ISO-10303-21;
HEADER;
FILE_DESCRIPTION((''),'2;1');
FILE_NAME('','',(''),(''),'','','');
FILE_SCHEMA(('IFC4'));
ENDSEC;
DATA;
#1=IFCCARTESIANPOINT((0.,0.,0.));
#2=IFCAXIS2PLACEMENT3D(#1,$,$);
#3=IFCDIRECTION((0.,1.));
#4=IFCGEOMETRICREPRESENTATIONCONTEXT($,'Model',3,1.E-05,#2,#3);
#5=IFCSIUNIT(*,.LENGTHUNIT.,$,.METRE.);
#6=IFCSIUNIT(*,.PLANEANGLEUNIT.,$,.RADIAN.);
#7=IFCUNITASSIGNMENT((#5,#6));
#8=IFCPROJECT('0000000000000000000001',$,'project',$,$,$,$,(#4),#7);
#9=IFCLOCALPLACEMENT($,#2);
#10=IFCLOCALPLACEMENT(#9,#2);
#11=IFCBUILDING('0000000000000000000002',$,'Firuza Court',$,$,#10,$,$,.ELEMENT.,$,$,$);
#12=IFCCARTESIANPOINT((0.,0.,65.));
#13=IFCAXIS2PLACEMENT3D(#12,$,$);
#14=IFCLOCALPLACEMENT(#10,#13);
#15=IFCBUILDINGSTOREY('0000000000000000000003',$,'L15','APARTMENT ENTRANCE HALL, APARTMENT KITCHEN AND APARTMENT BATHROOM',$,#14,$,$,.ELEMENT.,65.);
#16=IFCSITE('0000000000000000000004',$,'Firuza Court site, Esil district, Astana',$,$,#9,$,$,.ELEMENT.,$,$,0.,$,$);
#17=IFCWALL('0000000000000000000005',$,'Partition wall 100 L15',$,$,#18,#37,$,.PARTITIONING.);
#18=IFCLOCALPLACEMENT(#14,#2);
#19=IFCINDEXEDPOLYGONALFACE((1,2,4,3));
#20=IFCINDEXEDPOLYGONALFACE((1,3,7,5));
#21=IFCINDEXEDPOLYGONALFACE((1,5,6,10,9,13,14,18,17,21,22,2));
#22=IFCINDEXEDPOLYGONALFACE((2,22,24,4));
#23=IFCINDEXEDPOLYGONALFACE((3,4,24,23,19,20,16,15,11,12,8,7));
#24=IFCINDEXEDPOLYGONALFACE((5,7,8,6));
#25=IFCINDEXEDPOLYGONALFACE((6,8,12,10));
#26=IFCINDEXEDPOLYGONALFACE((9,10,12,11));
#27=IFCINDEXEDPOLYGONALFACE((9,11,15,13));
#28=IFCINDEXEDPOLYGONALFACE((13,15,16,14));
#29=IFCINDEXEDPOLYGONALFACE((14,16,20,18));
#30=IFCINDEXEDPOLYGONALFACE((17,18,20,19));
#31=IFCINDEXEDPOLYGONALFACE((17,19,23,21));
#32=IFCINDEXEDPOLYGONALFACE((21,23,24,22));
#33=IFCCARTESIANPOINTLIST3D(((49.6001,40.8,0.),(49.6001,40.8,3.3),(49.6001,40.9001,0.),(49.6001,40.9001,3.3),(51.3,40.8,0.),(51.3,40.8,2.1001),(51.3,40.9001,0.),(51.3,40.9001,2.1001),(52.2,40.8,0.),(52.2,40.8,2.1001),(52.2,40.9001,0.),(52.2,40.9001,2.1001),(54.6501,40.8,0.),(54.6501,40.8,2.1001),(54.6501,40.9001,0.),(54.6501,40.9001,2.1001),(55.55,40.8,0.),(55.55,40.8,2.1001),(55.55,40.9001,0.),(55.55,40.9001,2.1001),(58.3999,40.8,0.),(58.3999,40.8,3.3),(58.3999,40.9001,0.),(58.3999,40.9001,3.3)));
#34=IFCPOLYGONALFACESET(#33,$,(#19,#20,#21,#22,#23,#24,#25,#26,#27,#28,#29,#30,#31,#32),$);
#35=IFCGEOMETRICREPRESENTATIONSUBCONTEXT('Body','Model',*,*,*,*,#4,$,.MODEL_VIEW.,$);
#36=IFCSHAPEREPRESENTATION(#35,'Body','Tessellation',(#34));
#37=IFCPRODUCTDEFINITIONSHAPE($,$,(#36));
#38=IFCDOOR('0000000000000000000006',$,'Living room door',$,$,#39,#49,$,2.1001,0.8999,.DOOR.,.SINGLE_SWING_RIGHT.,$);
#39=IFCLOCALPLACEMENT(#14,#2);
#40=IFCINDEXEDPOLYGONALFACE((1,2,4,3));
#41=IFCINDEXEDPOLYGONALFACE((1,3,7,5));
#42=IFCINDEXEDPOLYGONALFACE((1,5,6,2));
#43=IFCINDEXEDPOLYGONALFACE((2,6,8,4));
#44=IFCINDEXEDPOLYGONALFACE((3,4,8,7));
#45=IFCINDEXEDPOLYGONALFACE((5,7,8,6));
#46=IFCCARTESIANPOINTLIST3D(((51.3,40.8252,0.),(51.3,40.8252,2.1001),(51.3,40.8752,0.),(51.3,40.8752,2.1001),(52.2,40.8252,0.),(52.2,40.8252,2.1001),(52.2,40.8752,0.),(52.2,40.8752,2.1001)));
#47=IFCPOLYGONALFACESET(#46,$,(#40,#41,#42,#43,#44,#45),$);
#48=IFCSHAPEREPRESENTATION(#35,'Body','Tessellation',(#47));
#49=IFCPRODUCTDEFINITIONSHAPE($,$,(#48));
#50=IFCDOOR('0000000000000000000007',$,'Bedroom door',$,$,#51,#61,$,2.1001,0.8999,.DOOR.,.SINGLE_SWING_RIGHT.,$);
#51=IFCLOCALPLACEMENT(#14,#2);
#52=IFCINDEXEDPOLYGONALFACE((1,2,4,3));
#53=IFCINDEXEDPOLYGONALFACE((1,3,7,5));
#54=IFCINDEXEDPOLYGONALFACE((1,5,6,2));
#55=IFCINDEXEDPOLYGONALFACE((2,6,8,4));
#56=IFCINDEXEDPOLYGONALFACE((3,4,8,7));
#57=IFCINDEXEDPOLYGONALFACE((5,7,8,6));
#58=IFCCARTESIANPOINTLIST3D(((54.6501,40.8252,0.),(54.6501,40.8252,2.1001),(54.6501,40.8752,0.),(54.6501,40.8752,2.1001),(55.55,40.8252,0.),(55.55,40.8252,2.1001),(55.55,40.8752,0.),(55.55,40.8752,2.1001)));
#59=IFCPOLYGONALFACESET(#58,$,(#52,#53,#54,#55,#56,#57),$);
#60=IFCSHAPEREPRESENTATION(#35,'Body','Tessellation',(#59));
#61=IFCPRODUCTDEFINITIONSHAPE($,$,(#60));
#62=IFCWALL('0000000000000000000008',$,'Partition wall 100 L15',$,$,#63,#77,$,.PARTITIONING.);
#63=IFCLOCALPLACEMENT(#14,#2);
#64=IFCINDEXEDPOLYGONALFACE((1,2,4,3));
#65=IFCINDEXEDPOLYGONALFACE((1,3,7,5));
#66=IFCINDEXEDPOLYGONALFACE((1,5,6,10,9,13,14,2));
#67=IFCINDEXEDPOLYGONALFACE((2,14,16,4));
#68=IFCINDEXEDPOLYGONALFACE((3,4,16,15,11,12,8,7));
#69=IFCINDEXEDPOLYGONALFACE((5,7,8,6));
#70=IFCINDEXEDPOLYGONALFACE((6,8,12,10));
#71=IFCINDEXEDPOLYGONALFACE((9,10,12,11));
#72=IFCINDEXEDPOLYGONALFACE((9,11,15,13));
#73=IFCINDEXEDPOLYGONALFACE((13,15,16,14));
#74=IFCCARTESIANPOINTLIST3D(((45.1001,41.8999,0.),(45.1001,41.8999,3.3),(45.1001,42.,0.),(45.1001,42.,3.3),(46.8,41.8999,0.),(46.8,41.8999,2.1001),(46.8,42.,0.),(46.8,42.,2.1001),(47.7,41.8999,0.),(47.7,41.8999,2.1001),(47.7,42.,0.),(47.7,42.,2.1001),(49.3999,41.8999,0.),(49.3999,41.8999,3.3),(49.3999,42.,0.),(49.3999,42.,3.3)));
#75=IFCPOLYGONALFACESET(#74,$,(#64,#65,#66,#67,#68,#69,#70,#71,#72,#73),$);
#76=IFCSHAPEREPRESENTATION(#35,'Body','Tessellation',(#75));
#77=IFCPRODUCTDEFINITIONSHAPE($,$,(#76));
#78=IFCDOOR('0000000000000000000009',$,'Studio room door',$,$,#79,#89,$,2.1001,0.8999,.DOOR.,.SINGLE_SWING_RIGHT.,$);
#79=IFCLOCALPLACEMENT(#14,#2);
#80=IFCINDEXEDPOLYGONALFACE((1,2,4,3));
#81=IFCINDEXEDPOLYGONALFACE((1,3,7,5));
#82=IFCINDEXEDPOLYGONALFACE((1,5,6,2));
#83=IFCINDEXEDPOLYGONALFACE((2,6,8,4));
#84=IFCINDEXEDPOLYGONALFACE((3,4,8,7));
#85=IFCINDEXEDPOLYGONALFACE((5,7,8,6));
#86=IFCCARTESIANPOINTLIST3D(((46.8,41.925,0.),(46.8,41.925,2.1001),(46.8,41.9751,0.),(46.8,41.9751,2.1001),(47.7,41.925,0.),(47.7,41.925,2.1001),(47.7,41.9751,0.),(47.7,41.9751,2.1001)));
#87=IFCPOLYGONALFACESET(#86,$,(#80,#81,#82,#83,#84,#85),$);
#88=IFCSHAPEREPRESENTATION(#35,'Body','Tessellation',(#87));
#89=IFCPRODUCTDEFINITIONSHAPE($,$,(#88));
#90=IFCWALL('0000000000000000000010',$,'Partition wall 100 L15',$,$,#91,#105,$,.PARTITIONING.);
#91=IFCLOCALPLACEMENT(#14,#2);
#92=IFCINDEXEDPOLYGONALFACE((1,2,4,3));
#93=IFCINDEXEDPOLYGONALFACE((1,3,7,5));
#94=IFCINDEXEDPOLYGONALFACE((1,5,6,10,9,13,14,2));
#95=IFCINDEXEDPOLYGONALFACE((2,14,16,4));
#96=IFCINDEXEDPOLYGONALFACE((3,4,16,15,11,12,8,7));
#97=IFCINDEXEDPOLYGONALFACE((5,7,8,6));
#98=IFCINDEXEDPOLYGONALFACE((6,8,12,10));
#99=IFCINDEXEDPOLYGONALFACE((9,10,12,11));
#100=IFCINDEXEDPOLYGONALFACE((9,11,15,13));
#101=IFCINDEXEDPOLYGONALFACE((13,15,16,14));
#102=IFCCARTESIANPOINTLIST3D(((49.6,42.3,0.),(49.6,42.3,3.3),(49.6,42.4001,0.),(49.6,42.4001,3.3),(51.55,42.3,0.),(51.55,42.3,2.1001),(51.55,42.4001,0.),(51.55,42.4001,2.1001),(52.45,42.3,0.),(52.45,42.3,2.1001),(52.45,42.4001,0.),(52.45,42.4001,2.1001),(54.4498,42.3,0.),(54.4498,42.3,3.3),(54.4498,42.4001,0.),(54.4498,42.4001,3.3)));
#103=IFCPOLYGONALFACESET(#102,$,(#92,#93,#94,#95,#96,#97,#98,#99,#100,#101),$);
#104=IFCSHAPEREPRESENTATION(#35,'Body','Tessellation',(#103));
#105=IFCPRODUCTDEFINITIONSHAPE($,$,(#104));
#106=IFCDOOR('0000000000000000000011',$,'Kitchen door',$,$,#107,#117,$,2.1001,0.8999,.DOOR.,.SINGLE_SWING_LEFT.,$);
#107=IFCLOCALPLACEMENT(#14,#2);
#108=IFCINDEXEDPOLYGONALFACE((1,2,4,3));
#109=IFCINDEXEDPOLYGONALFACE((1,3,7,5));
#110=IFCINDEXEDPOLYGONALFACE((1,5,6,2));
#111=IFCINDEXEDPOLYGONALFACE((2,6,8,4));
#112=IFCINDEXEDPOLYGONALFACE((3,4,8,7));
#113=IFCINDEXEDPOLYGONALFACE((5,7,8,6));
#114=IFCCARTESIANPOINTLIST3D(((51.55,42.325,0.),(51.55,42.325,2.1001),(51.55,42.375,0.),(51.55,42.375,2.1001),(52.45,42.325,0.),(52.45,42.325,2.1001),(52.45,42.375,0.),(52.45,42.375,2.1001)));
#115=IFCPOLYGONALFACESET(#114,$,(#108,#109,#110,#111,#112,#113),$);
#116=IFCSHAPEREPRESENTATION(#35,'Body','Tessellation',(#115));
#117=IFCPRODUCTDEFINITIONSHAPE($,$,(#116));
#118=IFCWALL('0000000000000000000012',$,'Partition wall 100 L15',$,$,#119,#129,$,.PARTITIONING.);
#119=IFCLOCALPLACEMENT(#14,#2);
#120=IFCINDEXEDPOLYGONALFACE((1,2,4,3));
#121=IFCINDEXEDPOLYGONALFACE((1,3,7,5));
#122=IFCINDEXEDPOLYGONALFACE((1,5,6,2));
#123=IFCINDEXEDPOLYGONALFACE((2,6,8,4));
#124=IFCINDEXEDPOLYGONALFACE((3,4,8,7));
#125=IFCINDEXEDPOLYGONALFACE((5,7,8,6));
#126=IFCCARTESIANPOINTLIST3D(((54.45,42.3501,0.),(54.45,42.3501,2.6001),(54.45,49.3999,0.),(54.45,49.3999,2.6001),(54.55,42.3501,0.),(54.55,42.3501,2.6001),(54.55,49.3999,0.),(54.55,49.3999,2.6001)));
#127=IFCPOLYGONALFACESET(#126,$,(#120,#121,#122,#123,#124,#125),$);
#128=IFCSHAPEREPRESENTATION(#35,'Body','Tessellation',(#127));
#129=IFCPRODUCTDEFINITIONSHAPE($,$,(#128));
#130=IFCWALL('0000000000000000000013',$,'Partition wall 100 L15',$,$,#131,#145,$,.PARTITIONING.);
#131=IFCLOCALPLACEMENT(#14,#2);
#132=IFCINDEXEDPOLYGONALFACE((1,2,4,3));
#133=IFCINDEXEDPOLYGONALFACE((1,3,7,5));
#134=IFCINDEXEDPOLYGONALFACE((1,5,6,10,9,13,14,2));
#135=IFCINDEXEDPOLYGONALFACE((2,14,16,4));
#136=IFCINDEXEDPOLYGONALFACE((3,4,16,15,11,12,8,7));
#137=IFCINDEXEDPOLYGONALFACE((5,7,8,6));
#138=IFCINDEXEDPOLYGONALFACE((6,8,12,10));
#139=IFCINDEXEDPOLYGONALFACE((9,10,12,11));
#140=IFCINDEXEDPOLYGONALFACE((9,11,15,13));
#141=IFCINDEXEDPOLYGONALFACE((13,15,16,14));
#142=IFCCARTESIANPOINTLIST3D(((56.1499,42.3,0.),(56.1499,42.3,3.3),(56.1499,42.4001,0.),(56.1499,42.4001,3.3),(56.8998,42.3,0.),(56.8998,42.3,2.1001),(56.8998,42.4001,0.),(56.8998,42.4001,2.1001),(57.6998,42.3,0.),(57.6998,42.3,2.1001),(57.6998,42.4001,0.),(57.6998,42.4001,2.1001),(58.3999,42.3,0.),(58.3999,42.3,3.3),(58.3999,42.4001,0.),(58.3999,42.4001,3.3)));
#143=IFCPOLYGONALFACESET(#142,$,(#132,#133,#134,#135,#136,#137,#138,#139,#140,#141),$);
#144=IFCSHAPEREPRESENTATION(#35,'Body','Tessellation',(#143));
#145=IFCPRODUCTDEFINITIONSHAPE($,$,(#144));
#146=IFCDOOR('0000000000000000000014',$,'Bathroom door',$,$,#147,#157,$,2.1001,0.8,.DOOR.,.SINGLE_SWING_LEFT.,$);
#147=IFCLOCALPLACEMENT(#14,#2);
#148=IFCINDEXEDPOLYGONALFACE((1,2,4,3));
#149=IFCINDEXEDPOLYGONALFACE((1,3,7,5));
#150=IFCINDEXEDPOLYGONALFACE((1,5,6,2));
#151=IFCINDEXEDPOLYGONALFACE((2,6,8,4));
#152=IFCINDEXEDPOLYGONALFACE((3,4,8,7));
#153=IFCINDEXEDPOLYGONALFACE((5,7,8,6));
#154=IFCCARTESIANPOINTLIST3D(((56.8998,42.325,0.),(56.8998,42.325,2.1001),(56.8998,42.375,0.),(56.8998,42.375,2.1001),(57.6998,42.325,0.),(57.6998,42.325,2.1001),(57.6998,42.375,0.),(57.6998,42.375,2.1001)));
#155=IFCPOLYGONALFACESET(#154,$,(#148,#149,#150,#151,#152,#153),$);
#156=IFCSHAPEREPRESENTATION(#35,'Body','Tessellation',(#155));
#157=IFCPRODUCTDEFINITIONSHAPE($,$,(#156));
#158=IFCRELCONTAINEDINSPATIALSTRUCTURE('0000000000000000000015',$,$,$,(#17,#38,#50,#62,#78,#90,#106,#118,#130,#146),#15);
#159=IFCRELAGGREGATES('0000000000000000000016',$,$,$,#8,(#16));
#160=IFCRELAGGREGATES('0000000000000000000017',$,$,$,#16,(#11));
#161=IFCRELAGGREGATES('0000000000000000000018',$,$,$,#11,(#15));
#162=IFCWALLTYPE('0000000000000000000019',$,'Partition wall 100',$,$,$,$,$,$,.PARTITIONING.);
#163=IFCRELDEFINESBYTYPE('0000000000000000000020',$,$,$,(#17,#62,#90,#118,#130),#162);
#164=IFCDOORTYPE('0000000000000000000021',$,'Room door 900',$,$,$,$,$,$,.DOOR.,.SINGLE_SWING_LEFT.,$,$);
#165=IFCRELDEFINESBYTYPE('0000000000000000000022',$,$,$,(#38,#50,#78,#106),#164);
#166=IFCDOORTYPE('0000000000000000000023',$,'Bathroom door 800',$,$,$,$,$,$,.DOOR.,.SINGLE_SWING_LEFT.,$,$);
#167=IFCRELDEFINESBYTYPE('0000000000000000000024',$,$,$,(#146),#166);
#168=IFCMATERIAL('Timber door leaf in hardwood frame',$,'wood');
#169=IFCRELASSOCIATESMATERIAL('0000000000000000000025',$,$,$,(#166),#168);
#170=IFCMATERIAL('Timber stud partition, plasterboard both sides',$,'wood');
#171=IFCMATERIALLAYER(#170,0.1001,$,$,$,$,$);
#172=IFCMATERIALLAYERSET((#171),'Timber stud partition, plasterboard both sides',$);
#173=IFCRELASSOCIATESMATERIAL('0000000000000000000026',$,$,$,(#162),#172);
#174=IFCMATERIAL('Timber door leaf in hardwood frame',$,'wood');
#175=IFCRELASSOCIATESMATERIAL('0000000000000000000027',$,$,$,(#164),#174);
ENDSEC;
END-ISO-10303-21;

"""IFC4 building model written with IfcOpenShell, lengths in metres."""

from ifc_helpers import new_model, si_unit, direction, frame, frame_2d, origin, place, context, subcontext, project, spatial, rectangle, extrude, material, layer, layer_set, type_object, element, fill, save


model = new_model("IFC4")

# Units and contexts
model_context = context("Model", 3, precision=1e-05, world=origin(), true_north=direction((0.0, 1.0)))
body_context = subcontext(model_context, "Body", "Model", "MODEL_VIEW")
ifc_project = project(units=[si_unit("LENGTHUNIT", "METRE"), si_unit("PLANEANGLEUNIT", "RADIAN")], contexts=[model_context])

# Site, building, storey
site_placement = place(None, origin())
site = spatial("IfcSite", under=ifc_project, at=site_placement, Name="Firuza Court site, Esil district, Astana", CompositionType="ELEMENT", RefElevation=0.0)
building_placement = place(site_placement, origin())
building = spatial("IfcBuilding", under=site, at=building_placement, Name="Firuza Court", CompositionType="ELEMENT")
storey_placement = place(building_placement, frame((0.0, 0.0, 65.0)))
storey = spatial("IfcBuildingStorey", under=building, at=storey_placement, Name="L15", Description="APARTMENT ENTRANCE HALL, APARTMENT KITCHEN AND APARTMENT BATHROOM", CompositionType="ELEMENT", Elevation=65.0)

# Shared definitions
ifc_material_1 = material(Name="Timber door leaf in hardwood frame", Category="wood")
door_type_1 = type_object("IfcDoorType", Name="Bathroom door 800", OperationType="SINGLE_SWING_LEFT", PredefinedType="DOOR", material=ifc_material_1)

# Shared definitions
ifc_material_2 = material(Name="Timber stud partition, plasterboard both sides", Category="wood")
ifc_layer_1 = layer(ifc_material_2, 0.1001)
ifc_layer_set_1 = layer_set([ifc_layer_1], Name="Timber stud partition, plasterboard both sides")
wall_type_1 = type_object("IfcWallType", Name="Partition wall 100", PredefinedType="PARTITIONING", material=ifc_layer_set_1)

# Wall, openings, doors
wall_1_placement = place(storey_placement, frame((49.6001, 40.8501, 0.0), z_axis=(0.0, 0.0, 1.0), x_axis=(1.0, 0.0, 0.0)))
wall_1 = element("IfcWall", 1, at=wall_1_placement, inside=storey, type_object=wall_type_1, Name="Partition wall 100 L15", PredefinedType="PARTITIONING", context=body_context, shape_type="SweptSolid", body=[
    extrude(rectangle(XDim=8.7998, YDim=0.1001, at=frame_2d((4.3999, 0.0))), origin(), (0.0, 0.0, 1.0), 3.3),
])
opening_1_placement = place(wall_1_placement, frame((1.7, 0.0, 0.0)))
opening_1 = element("IfcOpeningElement", 2, at=opening_1_placement, cuts=wall_1, PredefinedType="OPENING", context=body_context, shape_type="SweptSolid", body=[
    extrude(rectangle(XDim=0.8999, YDim=2.1001, at=frame_2d((0.45, 1.05))), frame((0.0, 0.062, 0.0), z_axis=(0.0, -1.0, 0.0), x_axis=(1.0, 0.0, 0.0)), (0.0, 0.0, 1.0), 0.124),
])
opening_2_placement = place(wall_1_placement, frame((5.05, 0.0, 0.0)))
opening_2 = element("IfcOpeningElement", 3, at=opening_2_placement, cuts=wall_1, PredefinedType="OPENING", context=body_context, shape_type="SweptSolid", body=[
    extrude(rectangle(XDim=0.8999, YDim=2.1001, at=frame_2d((0.45, 1.05))), frame((0.0, 0.062, 0.0), z_axis=(0.0, -1.0, 0.0), x_axis=(1.0, 0.0, 0.0)), (0.0, 0.0, 1.0), 0.124),
])
ifc_material_3 = material(Name="Timber door leaf in hardwood frame", Category="wood")
door_type_2 = type_object("IfcDoorType", Name="Room door 900", OperationType="SINGLE_SWING_LEFT", PredefinedType="DOOR", material=ifc_material_3)
door_1_placement = place(opening_1_placement, frame((0.8999, 0.0, 0.0), z_axis=(0.0, 0.0, 1.0), x_axis=(-1.0, 0.0, 0.0)))
door_1 = element("IfcDoor", 4, at=door_1_placement, inside=storey, type_object=door_type_2, Name="Living room door", OperationType="SINGLE_SWING_RIGHT", OverallHeight=2.1001, OverallWidth=0.8999, PredefinedType="DOOR", context=body_context, shape_type="SweptSolid", body=[
    extrude(rectangle(XDim=0.8999, YDim=2.1001, at=frame_2d((0.45, 1.05))), frame((0.0, 0.0249, 0.0), z_axis=(0.0, -1.0, 0.0), x_axis=(1.0, 0.0, 0.0)), (0.0, 0.0, 1.0), 0.05),
])
fill(opening_1, door_1)
door_2_placement = place(opening_2_placement, frame((0.8999, 0.0, 0.0), z_axis=(0.0, 0.0, 1.0), x_axis=(-1.0, 0.0, 0.0)))
door_2 = element("IfcDoor", 5, at=door_2_placement, inside=storey, type_object=door_type_2, Name="Bedroom door", OperationType="SINGLE_SWING_RIGHT", OverallHeight=2.1001, OverallWidth=0.8999, PredefinedType="DOOR", context=body_context, shape_type="SweptSolid", body=[
    extrude(rectangle(XDim=0.8999, YDim=2.1001, at=frame_2d((0.45, 1.05))), frame((0.0, 0.0249, 0.0), z_axis=(0.0, -1.0, 0.0), x_axis=(1.0, 0.0, 0.0)), (0.0, 0.0, 1.0), 0.05),
])
fill(opening_2, door_2)

# Walls, openings, doors
wall_2_placement = place(storey_placement, frame((45.1001, 41.95, 0.0), z_axis=(0.0, 0.0, 1.0), x_axis=(1.0, 0.0, 0.0)))
wall_2 = element("IfcWall", 6, at=wall_2_placement, inside=storey, type_object=wall_type_1, Name="Partition wall 100 L15", PredefinedType="PARTITIONING", context=body_context, shape_type="SweptSolid", body=[
    extrude(rectangle(XDim=4.2998, YDim=0.1001, at=frame_2d((2.1499, 0.0))), origin(), (0.0, 0.0, 1.0), 3.3),
])
opening_3_placement = place(wall_2_placement, frame((1.7, 0.0, 0.0)))
opening_3 = element("IfcOpeningElement", 7, at=opening_3_placement, cuts=wall_2, PredefinedType="OPENING", context=body_context, shape_type="SweptSolid", body=[
    extrude(rectangle(XDim=0.8999, YDim=2.1001, at=frame_2d((0.45, 1.05))), frame((0.0, 0.062, 0.0), z_axis=(0.0, -1.0, 0.0), x_axis=(1.0, 0.0, 0.0)), (0.0, 0.0, 1.0), 0.124),
])
door_3_placement = place(opening_3_placement, frame((0.8999, 0.0, 0.0), z_axis=(0.0, 0.0, 1.0), x_axis=(-1.0, 0.0, 0.0)))
door_3 = element("IfcDoor", 8, at=door_3_placement, inside=storey, type_object=door_type_2, Name="Studio room door", OperationType="SINGLE_SWING_RIGHT", OverallHeight=2.1001, OverallWidth=0.8999, PredefinedType="DOOR", context=body_context, shape_type="SweptSolid", body=[
    extrude(rectangle(XDim=0.8999, YDim=2.1001, at=frame_2d((0.45, 1.05))), frame((0.0, 0.0249, 0.0), z_axis=(0.0, -1.0, 0.0), x_axis=(1.0, 0.0, 0.0)), (0.0, 0.0, 1.0), 0.05),
])
fill(opening_3, door_3)
wall_3_placement = place(storey_placement, frame((49.6001, 42.3501, 0.0), z_axis=(0.0, 0.0, 1.0), x_axis=(1.0, 0.0, 0.0)))
wall_3 = element("IfcWall", 9, at=wall_3_placement, inside=storey, type_object=wall_type_1, Name="Partition wall 100 L15", PredefinedType="PARTITIONING", context=body_context, shape_type="SweptSolid", body=[
    extrude(rectangle(XDim=4.8499, YDim=0.1001, at=frame_2d((2.4248, 0.0))), origin(), (0.0, 0.0, 1.0), 3.3),
])
opening_4_placement = place(wall_3_placement, frame((1.95, 0.0, 0.0)))
opening_4 = element("IfcOpeningElement", 10, at=opening_4_placement, cuts=wall_3, PredefinedType="OPENING", context=body_context, shape_type="SweptSolid", body=[
    extrude(rectangle(XDim=0.8999, YDim=2.1001, at=frame_2d((0.45, 1.05))), frame((0.0, 0.062, 0.0), z_axis=(0.0, -1.0, 0.0), x_axis=(1.0, 0.0, 0.0)), (0.0, 0.0, 1.0), 0.124),
])
door_4_placement = place(opening_4_placement, origin())
door_4 = element("IfcDoor", 11, at=door_4_placement, inside=storey, type_object=door_type_2, Name="Kitchen door", OperationType="SINGLE_SWING_LEFT", OverallHeight=2.1001, OverallWidth=0.8999, PredefinedType="DOOR", context=body_context, shape_type="SweptSolid", body=[
    extrude(rectangle(XDim=0.8999, YDim=2.1001, at=frame_2d((0.45, 1.05))), frame((0.0, 0.0249, 0.0), z_axis=(0.0, -1.0, 0.0), x_axis=(1.0, 0.0, 0.0)), (0.0, 0.0, 1.0), 0.05),
])
fill(opening_4, door_4)

# Wall
wall_4_placement = place(storey_placement, frame((54.5, 42.3501, 0.0), z_axis=(0.0, 0.0, 1.0), x_axis=(0.0, 1.0, 0.0)))
element("IfcWall", 12, at=wall_4_placement, inside=storey, type_object=wall_type_1, Name="Partition wall 100 L15", PredefinedType="PARTITIONING", context=body_context, shape_type="SweptSolid", body=[
    extrude(rectangle(XDim=7.0498, YDim=0.1001, at=frame_2d((3.5249, 0.0))), origin(), (0.0, 0.0, 1.0), 2.6001),
])

# Wall, opening, door
wall_5_placement = place(storey_placement, frame((56.1499, 42.3501, 0.0), z_axis=(0.0, 0.0, 1.0), x_axis=(1.0, 0.0, 0.0)))
wall_5 = element("IfcWall", 13, at=wall_5_placement, inside=storey, type_object=wall_type_1, Name="Partition wall 100 L15", PredefinedType="PARTITIONING", context=body_context, shape_type="SweptSolid", body=[
    extrude(rectangle(XDim=2.25, YDim=0.1001, at=frame_2d((1.125, 0.0))), origin(), (0.0, 0.0, 1.0), 3.3),
])
opening_5_placement = place(wall_5_placement, frame((0.75, 0.0, 0.0)))
opening_5 = element("IfcOpeningElement", 14, at=opening_5_placement, cuts=wall_5, PredefinedType="OPENING", context=body_context, shape_type="SweptSolid", body=[
    extrude(rectangle(XDim=0.8, YDim=2.1001, at=frame_2d((0.3999, 1.05))), frame((0.0, 0.062, 0.0), z_axis=(0.0, -1.0, 0.0), x_axis=(1.0, 0.0, 0.0)), (0.0, 0.0, 1.0), 0.124),
])
door_5_placement = place(opening_5_placement, origin())
door_5 = element("IfcDoor", 15, at=door_5_placement, inside=storey, type_object=door_type_1, Name="Bathroom door", OperationType="SINGLE_SWING_LEFT", OverallHeight=2.1001, OverallWidth=0.8, PredefinedType="DOOR", context=body_context, shape_type="SweptSolid", body=[
    extrude(rectangle(XDim=0.8, YDim=2.1001, at=frame_2d((0.3999, 1.05))), frame((0.0, 0.0249, 0.0), z_axis=(0.0, -1.0, 0.0), x_axis=(1.0, 0.0, 0.0)), (0.0, 0.0, 1.0), 0.05),
])
fill(opening_5, door_5)

save(model, "model.ifc")
